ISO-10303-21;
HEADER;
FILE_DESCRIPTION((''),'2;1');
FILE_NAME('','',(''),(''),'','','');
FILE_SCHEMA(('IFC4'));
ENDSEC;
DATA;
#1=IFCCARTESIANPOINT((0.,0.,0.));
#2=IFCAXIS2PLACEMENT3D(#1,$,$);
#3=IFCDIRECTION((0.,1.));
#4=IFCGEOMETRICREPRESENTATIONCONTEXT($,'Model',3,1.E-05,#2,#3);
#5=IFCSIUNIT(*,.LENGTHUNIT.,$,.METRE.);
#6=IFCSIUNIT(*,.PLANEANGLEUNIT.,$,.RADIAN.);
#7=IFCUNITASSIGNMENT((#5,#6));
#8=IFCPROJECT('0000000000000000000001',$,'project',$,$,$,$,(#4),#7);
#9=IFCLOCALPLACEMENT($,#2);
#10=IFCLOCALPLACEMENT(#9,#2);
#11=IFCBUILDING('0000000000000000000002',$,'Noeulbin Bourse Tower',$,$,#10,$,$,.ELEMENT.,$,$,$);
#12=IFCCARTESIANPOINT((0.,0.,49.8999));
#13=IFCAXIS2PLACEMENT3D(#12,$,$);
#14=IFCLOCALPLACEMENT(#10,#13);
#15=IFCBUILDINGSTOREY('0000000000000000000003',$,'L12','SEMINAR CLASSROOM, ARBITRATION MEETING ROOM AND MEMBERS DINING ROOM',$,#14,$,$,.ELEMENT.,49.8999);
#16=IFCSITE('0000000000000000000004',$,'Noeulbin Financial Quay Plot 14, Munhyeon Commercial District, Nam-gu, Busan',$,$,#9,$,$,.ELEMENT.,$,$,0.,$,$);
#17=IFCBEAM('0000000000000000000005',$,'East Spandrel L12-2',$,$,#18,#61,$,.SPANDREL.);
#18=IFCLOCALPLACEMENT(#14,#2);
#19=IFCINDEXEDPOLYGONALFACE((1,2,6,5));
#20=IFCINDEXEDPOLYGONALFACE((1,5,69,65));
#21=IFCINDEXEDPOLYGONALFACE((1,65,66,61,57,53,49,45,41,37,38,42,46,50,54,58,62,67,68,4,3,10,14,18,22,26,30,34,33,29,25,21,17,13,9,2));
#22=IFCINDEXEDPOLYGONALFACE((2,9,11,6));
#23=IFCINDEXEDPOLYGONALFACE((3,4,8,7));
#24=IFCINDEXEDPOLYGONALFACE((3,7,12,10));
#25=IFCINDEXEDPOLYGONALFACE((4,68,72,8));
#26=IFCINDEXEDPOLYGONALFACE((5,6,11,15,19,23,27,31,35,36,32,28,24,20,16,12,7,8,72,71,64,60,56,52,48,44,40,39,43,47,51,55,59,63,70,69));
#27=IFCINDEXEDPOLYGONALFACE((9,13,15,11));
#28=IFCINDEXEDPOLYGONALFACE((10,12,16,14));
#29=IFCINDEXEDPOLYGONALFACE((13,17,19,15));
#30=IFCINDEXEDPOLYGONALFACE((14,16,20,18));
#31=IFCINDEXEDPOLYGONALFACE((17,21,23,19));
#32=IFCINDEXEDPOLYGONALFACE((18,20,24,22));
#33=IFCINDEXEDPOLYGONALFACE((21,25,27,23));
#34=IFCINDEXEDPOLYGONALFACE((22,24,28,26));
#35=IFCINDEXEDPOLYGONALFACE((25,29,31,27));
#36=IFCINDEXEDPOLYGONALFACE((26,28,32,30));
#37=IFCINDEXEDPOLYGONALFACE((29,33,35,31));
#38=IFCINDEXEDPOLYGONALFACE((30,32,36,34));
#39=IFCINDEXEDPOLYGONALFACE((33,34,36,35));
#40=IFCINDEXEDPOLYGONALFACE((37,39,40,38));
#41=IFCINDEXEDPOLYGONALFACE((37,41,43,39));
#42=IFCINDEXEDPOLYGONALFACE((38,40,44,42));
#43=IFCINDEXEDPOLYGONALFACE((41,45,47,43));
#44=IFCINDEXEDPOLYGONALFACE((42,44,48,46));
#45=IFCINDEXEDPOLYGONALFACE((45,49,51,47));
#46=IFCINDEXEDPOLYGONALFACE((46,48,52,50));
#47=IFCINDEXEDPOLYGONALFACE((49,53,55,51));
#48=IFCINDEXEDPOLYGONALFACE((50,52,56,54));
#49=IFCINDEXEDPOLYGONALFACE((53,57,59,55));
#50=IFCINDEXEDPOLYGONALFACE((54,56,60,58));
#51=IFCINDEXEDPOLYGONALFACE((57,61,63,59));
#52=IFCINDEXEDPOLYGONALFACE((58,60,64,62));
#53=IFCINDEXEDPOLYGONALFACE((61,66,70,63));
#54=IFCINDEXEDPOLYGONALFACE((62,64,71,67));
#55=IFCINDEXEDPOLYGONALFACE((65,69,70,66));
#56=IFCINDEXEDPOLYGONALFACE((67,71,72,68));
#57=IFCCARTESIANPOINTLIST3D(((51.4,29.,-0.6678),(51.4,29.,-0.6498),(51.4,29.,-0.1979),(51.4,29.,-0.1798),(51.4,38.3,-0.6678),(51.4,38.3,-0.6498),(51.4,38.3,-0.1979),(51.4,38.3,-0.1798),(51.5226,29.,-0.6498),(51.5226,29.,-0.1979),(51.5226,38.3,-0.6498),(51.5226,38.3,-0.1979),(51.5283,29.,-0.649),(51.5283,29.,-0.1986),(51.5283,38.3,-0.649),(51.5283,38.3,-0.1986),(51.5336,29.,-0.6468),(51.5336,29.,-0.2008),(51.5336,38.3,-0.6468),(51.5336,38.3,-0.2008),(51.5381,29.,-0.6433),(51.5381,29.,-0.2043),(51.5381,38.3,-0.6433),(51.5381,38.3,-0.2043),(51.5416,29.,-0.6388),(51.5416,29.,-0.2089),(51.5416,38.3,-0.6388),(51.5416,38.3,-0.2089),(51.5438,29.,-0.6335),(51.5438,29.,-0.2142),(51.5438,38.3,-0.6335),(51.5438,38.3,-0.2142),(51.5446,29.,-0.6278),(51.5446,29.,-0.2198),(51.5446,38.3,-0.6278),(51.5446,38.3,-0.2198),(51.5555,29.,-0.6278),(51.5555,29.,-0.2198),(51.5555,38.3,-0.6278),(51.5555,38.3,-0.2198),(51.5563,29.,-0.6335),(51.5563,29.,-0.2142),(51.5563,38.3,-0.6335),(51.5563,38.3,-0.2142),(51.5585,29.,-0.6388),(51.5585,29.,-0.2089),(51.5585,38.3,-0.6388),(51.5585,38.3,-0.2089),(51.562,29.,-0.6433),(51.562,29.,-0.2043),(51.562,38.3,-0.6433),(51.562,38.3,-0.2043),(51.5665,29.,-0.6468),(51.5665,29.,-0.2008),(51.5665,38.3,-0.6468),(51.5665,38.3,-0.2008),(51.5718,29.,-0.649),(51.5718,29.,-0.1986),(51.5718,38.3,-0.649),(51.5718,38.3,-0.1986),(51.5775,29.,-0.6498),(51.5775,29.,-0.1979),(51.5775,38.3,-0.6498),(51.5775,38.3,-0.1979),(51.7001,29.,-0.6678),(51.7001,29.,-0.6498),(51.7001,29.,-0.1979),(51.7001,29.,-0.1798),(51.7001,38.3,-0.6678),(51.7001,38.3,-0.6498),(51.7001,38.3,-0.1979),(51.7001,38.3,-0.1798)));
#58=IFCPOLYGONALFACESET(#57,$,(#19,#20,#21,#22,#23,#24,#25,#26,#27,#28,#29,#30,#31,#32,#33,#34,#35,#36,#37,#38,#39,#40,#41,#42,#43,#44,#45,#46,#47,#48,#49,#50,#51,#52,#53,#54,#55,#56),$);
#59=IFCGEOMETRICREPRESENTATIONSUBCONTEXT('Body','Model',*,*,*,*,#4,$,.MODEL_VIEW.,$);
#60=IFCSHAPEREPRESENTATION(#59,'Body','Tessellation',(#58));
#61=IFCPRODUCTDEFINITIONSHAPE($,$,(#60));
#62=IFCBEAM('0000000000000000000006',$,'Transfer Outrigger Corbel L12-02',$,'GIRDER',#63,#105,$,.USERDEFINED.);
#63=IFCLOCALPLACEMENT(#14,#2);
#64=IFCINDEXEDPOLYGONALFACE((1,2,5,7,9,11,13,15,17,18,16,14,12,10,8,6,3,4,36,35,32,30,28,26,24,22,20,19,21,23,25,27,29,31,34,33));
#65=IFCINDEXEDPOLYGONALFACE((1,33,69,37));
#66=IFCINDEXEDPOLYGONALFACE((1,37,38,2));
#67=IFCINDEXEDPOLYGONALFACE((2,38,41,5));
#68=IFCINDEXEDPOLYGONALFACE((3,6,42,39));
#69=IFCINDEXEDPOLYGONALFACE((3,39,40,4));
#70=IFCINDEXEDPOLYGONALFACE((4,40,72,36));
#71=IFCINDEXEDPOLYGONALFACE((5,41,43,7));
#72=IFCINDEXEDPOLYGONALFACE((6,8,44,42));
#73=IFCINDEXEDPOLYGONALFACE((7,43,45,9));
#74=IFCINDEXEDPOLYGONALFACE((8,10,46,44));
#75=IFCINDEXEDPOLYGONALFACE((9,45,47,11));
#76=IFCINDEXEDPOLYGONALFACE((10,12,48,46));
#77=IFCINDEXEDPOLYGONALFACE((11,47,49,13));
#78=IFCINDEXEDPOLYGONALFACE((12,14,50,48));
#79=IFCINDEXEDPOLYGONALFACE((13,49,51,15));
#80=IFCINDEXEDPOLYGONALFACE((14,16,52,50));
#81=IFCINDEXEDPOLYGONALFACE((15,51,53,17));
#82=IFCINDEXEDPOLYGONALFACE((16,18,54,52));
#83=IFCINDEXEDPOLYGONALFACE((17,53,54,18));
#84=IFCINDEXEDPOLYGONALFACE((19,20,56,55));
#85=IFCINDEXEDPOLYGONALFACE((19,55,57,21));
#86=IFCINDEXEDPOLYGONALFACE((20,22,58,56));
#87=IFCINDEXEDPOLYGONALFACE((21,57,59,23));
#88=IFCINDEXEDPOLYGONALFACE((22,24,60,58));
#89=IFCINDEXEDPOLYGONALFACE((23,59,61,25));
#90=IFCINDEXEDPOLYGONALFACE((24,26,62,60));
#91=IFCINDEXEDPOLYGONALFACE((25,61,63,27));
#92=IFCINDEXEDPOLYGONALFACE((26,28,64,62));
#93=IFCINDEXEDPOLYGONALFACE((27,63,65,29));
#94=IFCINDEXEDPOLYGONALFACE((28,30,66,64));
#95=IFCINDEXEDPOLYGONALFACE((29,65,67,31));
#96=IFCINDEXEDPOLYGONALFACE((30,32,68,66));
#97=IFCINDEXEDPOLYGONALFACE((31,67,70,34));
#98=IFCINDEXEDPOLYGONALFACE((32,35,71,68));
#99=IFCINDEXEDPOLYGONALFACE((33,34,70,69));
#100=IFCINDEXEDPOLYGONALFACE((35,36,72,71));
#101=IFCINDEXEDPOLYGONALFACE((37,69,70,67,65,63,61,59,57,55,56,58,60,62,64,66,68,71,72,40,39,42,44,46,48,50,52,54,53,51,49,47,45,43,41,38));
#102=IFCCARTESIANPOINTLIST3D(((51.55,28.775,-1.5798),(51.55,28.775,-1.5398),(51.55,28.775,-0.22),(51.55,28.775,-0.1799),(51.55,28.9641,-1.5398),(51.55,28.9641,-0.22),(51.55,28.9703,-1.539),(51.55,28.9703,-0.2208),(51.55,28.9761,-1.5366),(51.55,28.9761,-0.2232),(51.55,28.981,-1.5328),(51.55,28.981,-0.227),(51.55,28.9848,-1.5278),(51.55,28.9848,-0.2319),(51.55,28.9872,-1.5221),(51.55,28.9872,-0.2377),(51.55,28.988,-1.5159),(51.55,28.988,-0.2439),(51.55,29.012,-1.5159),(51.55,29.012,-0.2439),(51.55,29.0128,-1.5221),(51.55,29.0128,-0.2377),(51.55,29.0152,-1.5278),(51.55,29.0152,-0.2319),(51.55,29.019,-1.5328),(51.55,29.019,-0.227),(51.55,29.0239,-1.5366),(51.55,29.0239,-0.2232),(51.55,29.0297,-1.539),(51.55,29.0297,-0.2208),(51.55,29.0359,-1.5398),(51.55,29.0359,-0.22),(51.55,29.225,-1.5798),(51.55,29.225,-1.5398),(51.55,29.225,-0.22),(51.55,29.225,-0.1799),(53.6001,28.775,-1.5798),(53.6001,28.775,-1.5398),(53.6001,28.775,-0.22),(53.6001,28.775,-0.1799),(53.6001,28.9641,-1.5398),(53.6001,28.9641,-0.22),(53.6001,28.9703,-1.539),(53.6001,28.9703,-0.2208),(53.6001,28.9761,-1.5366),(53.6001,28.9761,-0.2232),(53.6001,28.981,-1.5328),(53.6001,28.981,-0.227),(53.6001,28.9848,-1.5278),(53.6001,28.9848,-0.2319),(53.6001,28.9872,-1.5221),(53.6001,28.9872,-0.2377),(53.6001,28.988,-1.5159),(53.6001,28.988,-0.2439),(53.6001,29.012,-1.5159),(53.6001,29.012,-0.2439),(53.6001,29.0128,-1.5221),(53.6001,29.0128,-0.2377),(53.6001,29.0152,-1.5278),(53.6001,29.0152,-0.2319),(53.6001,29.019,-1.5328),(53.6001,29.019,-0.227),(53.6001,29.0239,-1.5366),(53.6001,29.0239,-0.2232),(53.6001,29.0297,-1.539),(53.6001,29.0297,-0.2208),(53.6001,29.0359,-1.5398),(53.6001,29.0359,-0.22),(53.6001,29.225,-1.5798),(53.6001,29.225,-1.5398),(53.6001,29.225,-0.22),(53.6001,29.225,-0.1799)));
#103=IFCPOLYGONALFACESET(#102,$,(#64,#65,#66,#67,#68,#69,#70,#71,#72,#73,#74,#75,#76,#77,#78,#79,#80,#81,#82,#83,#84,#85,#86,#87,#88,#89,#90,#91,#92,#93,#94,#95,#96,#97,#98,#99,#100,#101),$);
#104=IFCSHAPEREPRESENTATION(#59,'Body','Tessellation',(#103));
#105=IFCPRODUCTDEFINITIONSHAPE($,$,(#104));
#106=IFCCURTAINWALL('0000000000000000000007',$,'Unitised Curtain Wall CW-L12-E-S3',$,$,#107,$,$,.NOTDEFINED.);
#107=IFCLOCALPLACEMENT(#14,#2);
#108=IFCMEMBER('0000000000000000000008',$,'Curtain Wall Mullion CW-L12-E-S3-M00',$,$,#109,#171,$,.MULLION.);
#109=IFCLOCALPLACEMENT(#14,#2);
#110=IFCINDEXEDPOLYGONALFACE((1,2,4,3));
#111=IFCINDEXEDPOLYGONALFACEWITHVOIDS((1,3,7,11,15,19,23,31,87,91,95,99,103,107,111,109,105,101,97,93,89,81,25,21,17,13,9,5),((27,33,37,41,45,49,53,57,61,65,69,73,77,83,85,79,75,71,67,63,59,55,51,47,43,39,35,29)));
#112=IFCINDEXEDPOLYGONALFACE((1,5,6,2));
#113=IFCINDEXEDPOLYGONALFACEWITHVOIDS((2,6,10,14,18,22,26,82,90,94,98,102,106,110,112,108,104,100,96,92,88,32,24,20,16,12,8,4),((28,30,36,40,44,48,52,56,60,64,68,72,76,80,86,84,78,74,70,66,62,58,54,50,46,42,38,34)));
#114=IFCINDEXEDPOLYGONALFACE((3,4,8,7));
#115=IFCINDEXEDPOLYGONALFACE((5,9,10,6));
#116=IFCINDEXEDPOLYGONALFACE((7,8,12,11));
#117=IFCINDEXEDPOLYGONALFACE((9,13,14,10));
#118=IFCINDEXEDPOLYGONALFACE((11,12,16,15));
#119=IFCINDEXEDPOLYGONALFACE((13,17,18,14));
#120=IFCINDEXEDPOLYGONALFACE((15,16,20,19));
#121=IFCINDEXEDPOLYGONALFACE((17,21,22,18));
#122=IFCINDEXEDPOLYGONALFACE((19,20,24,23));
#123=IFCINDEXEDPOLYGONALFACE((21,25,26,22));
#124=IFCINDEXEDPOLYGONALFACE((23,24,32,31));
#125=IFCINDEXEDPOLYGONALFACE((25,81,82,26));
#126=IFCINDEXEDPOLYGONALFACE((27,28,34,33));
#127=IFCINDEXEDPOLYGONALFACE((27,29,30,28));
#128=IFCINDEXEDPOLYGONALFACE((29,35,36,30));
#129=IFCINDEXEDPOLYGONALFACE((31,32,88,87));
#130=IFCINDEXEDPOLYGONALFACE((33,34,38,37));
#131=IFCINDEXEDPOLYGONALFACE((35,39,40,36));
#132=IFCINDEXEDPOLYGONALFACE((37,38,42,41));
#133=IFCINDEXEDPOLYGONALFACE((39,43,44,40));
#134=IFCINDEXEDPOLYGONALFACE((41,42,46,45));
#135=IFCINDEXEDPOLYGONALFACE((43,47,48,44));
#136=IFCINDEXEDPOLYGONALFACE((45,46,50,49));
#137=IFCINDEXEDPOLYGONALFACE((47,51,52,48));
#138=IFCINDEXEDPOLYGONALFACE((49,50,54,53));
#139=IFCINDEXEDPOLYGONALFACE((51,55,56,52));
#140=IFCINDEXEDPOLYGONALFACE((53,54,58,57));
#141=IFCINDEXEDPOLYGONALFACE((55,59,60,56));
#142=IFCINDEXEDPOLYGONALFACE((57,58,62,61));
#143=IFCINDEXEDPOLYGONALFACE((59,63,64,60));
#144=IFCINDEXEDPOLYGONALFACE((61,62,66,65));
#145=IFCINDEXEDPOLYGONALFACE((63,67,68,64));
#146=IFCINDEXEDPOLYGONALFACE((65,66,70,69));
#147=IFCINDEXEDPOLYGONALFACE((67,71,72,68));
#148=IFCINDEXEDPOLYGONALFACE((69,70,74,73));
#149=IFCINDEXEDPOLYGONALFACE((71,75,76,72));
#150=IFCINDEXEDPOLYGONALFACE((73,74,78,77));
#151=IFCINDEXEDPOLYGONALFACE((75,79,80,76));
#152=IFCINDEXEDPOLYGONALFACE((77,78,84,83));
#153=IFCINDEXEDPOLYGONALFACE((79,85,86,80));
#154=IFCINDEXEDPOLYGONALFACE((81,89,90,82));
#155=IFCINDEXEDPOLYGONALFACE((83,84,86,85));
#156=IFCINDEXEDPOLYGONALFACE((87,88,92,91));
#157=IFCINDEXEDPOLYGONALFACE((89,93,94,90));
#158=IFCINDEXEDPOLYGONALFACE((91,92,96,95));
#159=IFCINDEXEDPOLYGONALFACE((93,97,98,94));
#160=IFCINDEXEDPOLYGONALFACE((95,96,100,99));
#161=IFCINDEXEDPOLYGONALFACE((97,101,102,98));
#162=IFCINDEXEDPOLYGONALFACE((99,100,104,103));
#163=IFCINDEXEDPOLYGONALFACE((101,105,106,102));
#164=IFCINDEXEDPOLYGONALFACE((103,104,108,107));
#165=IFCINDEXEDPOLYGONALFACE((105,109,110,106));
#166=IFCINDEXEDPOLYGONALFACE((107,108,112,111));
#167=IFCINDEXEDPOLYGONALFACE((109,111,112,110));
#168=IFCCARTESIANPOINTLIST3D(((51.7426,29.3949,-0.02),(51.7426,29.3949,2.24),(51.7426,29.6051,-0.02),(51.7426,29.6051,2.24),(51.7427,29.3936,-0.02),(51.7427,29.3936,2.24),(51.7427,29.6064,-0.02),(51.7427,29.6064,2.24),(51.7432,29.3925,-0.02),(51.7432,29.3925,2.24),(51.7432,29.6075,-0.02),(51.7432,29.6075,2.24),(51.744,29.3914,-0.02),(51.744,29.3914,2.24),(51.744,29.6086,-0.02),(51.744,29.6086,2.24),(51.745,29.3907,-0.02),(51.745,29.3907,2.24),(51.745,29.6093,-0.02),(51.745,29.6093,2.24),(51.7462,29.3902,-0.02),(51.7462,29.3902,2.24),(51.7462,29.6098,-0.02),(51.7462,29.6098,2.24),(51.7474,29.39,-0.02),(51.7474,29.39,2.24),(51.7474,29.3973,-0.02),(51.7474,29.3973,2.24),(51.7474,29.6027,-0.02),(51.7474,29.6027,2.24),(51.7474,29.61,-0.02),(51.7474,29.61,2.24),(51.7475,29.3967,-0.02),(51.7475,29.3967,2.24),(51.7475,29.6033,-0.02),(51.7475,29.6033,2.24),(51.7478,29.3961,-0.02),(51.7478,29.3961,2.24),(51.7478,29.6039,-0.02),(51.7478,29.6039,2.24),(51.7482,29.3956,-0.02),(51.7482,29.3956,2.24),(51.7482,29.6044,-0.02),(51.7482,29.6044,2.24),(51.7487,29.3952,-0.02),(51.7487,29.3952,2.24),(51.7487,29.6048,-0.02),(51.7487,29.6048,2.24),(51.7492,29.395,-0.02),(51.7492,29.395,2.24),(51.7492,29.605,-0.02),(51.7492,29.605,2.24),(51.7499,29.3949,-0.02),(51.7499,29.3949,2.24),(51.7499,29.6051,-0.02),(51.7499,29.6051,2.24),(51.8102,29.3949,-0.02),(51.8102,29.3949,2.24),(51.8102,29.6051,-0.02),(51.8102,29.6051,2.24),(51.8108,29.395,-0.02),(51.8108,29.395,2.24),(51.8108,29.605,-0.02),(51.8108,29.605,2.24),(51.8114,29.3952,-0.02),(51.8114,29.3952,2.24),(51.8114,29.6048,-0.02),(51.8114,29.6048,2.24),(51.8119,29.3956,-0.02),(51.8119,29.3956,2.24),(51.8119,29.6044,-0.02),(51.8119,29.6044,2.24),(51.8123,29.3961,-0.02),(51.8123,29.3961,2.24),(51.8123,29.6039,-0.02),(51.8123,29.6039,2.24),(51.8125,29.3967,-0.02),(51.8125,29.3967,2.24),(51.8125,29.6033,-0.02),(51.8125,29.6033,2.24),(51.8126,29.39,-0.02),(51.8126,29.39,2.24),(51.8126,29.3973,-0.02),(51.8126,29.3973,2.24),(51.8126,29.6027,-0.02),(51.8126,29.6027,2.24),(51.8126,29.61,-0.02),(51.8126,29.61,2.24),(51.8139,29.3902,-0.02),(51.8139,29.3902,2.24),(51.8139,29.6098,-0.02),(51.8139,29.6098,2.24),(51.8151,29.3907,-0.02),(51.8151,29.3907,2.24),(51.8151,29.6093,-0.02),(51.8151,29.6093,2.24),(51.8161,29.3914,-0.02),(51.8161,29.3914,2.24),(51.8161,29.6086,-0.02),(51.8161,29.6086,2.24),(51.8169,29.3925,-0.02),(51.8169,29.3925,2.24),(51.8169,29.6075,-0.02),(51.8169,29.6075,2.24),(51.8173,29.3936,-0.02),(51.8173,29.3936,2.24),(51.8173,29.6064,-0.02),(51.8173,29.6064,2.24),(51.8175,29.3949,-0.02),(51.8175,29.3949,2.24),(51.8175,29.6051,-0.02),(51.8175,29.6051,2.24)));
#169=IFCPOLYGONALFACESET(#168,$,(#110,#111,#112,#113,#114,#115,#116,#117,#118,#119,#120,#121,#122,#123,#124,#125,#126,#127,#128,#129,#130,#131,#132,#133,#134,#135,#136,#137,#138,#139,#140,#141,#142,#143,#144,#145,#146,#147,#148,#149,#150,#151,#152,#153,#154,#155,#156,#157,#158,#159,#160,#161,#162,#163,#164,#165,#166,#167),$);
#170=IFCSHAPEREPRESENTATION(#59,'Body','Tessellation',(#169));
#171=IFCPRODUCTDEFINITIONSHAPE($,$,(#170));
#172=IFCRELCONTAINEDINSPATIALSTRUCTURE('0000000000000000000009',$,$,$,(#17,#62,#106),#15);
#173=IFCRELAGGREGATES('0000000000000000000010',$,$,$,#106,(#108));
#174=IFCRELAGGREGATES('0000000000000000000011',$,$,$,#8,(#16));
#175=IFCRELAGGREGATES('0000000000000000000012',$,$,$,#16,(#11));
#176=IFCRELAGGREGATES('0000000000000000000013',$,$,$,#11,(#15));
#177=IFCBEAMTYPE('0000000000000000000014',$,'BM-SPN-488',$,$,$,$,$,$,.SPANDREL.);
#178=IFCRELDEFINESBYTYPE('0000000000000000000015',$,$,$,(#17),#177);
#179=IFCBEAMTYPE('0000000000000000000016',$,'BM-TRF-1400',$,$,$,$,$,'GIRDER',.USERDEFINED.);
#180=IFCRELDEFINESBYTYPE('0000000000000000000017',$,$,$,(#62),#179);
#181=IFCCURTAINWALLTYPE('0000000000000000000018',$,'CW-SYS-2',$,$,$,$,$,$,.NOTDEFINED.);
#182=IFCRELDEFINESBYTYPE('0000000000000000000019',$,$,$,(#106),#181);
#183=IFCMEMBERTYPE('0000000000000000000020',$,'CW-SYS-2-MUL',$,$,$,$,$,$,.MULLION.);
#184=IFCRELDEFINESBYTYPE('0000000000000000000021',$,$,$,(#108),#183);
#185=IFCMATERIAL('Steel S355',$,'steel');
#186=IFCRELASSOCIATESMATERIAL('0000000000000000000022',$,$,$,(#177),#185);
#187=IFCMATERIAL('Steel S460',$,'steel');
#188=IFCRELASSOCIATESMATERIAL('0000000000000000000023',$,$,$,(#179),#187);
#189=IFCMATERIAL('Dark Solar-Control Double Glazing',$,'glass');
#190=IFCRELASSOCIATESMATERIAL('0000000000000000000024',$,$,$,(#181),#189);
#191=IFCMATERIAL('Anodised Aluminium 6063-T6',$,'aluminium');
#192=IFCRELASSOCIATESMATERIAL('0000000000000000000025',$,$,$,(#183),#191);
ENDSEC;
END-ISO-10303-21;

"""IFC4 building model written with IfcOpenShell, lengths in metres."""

from ifc_helpers import new_model, si_unit, direction, frame, origin, origin_2d, place, context, subcontext, project, spatial, hollow_rectangle, i_section, extrude, material, material_profile, profile_set, type_object, element, aggregate, save


model = new_model("IFC4")

# Units and contexts
model_context = context("Model", 3, precision=1e-05, world=origin(), true_north=direction((0.0, 1.0)))
body_context = subcontext(model_context, "Body", "Model", "MODEL_VIEW")
ifc_project = project(units=[si_unit("LENGTHUNIT", "METRE"), si_unit("PLANEANGLEUNIT", "RADIAN")], contexts=[model_context])

# Site, building, storey
site_placement = place(None, origin())
site = spatial("IfcSite", under=ifc_project, at=site_placement, Name="Noeulbin Financial Quay Plot 14, Munhyeon Commercial District, Nam-gu, Busan", CompositionType="ELEMENT", RefElevation=0.0)
building_placement = place(site_placement, origin())
building = spatial("IfcBuilding", under=site, at=building_placement, Name="Noeulbin Bourse Tower", CompositionType="ELEMENT")
storey_placement = place(building_placement, frame((0.0, 0.0, 49.8999)))
storey = spatial("IfcBuildingStorey", under=building, at=storey_placement, Name="L12", Description="SEMINAR CLASSROOM, ARBITRATION MEETING ROOM AND MEMBERS DINING ROOM", CompositionType="ELEMENT", Elevation=49.8999)

# Shared definitions
ifc_material_1 = material(Name="Steel S355", Category="steel")
ifc_material_2 = material(Name="Steel S460", Category="steel")

# Beams
ifc_material_profile_1 = material_profile(ifc_material_1, i_section(OverallWidth=0.3, OverallDepth=0.488, WebThickness=0.011, FlangeThickness=0.0181, FilletRadius=0.022, at=origin_2d()), Name="H-488x300x11x18", Category="LoadBearing")
ifc_profile_set_1 = profile_set([ifc_material_profile_1], Name="Steel S355")
beam_type_1 = type_object("IfcBeamType", Name="BM-SPN-488", PredefinedType="SPANDREL", material=ifc_profile_set_1)
beam_1_placement = place(storey_placement, frame((51.55, 29.0, -0.4238), z_axis=(0.0, 1.0, 0.0), x_axis=(-1.0, 0.0, 0.0)))
element("IfcBeam", 1, at=beam_1_placement, inside=storey, type_object=beam_type_1, Name="East Spandrel L12-2", PredefinedType="SPANDREL", context=body_context, shape_type="SweptSolid", body=[
    extrude(i_section(OverallWidth=0.3, OverallDepth=0.488, WebThickness=0.011, FlangeThickness=0.0181, FilletRadius=0.022, at=origin_2d()), origin(), (0.0, 0.0, 1.0), 9.3),
])
ifc_material_profile_2 = material_profile(ifc_material_2, i_section(OverallWidth=0.45, OverallDepth=1.3999, WebThickness=0.0239, FlangeThickness=0.04, FilletRadius=0.0239, at=origin_2d()), Name="PG-1400x450x24x40", Category="LoadBearing")
ifc_profile_set_2 = profile_set([ifc_material_profile_2], Name="Steel S460")
beam_type_2 = type_object("IfcBeamType", Name="BM-TRF-1400", ElementType="GIRDER", PredefinedType="USERDEFINED", material=ifc_profile_set_2)
beam_2_placement = place(storey_placement, frame((51.55, 29.0, -0.8799), z_axis=(1.0, 0.0, 0.0), x_axis=(0.0, 1.0, 0.0)))
element("IfcBeam", 2, at=beam_2_placement, inside=storey, type_object=beam_type_2, Name="Transfer Outrigger Corbel L12-02", ObjectType="GIRDER", PredefinedType="USERDEFINED", context=body_context, shape_type="SweptSolid", body=[
    extrude(i_section(OverallWidth=0.45, OverallDepth=1.3999, WebThickness=0.0239, FlangeThickness=0.04, FilletRadius=0.0239, at=origin_2d()), origin(), (0.0, 0.0, 1.0), 2.05),
])

# Curtain wall, member
ifc_material_3 = material(Name="Dark Solar-Control Double Glazing", Category="glass")
curtain_wall_type = type_object("IfcCurtainWallType", Name="CW-SYS-2", PredefinedType="NOTDEFINED", material=ifc_material_3)
curtain_wall_placement = place(storey_placement, origin())
curtain_wall = element("IfcCurtainWall", 3, at=curtain_wall_placement, inside=storey, type_object=curtain_wall_type, Name="Unitised Curtain Wall CW-L12-E-S3", PredefinedType="NOTDEFINED")
ifc_material_4 = material(Name="Anodised Aluminium 6063-T6", Category="aluminium")
ifc_material_profile_3 = material_profile(ifc_material_4, hollow_rectangle(XDim=0.075, YDim=0.22, WallThickness=0.0049, InnerFilletRadius=0.0024, OuterFilletRadius=0.0049, at=origin_2d()), Name="ALU-MULL-75x220x5", Category="LoadBearing")
ifc_profile_set_3 = profile_set([ifc_material_profile_3], Name="Anodised Aluminium 6063-T6")
member_type_1 = type_object("IfcMemberType", Name="CW-SYS-2-MUL", PredefinedType="MULLION", material=ifc_profile_set_3)
member_1_placement = place(storey_placement, frame((51.78, 29.5, -0.02), z_axis=(0.0, 0.0, 1.0), x_axis=(1.0, 0.0, 0.0)))
member_1 = element("IfcMember", 4, at=member_1_placement, type_object=member_type_1, Name="Curtain Wall Mullion CW-L12-E-S3-M00", PredefinedType="MULLION", context=body_context, shape_type="SweptSolid", body=[
    extrude(hollow_rectangle(XDim=0.075, YDim=0.22, WallThickness=0.0049, InnerFilletRadius=0.0024, OuterFilletRadius=0.0049, at=origin_2d()), origin(), (0.0, 0.0, 1.0), 2.26),
])
aggregate(curtain_wall, [member_1])

save(model, "model.ifc")
